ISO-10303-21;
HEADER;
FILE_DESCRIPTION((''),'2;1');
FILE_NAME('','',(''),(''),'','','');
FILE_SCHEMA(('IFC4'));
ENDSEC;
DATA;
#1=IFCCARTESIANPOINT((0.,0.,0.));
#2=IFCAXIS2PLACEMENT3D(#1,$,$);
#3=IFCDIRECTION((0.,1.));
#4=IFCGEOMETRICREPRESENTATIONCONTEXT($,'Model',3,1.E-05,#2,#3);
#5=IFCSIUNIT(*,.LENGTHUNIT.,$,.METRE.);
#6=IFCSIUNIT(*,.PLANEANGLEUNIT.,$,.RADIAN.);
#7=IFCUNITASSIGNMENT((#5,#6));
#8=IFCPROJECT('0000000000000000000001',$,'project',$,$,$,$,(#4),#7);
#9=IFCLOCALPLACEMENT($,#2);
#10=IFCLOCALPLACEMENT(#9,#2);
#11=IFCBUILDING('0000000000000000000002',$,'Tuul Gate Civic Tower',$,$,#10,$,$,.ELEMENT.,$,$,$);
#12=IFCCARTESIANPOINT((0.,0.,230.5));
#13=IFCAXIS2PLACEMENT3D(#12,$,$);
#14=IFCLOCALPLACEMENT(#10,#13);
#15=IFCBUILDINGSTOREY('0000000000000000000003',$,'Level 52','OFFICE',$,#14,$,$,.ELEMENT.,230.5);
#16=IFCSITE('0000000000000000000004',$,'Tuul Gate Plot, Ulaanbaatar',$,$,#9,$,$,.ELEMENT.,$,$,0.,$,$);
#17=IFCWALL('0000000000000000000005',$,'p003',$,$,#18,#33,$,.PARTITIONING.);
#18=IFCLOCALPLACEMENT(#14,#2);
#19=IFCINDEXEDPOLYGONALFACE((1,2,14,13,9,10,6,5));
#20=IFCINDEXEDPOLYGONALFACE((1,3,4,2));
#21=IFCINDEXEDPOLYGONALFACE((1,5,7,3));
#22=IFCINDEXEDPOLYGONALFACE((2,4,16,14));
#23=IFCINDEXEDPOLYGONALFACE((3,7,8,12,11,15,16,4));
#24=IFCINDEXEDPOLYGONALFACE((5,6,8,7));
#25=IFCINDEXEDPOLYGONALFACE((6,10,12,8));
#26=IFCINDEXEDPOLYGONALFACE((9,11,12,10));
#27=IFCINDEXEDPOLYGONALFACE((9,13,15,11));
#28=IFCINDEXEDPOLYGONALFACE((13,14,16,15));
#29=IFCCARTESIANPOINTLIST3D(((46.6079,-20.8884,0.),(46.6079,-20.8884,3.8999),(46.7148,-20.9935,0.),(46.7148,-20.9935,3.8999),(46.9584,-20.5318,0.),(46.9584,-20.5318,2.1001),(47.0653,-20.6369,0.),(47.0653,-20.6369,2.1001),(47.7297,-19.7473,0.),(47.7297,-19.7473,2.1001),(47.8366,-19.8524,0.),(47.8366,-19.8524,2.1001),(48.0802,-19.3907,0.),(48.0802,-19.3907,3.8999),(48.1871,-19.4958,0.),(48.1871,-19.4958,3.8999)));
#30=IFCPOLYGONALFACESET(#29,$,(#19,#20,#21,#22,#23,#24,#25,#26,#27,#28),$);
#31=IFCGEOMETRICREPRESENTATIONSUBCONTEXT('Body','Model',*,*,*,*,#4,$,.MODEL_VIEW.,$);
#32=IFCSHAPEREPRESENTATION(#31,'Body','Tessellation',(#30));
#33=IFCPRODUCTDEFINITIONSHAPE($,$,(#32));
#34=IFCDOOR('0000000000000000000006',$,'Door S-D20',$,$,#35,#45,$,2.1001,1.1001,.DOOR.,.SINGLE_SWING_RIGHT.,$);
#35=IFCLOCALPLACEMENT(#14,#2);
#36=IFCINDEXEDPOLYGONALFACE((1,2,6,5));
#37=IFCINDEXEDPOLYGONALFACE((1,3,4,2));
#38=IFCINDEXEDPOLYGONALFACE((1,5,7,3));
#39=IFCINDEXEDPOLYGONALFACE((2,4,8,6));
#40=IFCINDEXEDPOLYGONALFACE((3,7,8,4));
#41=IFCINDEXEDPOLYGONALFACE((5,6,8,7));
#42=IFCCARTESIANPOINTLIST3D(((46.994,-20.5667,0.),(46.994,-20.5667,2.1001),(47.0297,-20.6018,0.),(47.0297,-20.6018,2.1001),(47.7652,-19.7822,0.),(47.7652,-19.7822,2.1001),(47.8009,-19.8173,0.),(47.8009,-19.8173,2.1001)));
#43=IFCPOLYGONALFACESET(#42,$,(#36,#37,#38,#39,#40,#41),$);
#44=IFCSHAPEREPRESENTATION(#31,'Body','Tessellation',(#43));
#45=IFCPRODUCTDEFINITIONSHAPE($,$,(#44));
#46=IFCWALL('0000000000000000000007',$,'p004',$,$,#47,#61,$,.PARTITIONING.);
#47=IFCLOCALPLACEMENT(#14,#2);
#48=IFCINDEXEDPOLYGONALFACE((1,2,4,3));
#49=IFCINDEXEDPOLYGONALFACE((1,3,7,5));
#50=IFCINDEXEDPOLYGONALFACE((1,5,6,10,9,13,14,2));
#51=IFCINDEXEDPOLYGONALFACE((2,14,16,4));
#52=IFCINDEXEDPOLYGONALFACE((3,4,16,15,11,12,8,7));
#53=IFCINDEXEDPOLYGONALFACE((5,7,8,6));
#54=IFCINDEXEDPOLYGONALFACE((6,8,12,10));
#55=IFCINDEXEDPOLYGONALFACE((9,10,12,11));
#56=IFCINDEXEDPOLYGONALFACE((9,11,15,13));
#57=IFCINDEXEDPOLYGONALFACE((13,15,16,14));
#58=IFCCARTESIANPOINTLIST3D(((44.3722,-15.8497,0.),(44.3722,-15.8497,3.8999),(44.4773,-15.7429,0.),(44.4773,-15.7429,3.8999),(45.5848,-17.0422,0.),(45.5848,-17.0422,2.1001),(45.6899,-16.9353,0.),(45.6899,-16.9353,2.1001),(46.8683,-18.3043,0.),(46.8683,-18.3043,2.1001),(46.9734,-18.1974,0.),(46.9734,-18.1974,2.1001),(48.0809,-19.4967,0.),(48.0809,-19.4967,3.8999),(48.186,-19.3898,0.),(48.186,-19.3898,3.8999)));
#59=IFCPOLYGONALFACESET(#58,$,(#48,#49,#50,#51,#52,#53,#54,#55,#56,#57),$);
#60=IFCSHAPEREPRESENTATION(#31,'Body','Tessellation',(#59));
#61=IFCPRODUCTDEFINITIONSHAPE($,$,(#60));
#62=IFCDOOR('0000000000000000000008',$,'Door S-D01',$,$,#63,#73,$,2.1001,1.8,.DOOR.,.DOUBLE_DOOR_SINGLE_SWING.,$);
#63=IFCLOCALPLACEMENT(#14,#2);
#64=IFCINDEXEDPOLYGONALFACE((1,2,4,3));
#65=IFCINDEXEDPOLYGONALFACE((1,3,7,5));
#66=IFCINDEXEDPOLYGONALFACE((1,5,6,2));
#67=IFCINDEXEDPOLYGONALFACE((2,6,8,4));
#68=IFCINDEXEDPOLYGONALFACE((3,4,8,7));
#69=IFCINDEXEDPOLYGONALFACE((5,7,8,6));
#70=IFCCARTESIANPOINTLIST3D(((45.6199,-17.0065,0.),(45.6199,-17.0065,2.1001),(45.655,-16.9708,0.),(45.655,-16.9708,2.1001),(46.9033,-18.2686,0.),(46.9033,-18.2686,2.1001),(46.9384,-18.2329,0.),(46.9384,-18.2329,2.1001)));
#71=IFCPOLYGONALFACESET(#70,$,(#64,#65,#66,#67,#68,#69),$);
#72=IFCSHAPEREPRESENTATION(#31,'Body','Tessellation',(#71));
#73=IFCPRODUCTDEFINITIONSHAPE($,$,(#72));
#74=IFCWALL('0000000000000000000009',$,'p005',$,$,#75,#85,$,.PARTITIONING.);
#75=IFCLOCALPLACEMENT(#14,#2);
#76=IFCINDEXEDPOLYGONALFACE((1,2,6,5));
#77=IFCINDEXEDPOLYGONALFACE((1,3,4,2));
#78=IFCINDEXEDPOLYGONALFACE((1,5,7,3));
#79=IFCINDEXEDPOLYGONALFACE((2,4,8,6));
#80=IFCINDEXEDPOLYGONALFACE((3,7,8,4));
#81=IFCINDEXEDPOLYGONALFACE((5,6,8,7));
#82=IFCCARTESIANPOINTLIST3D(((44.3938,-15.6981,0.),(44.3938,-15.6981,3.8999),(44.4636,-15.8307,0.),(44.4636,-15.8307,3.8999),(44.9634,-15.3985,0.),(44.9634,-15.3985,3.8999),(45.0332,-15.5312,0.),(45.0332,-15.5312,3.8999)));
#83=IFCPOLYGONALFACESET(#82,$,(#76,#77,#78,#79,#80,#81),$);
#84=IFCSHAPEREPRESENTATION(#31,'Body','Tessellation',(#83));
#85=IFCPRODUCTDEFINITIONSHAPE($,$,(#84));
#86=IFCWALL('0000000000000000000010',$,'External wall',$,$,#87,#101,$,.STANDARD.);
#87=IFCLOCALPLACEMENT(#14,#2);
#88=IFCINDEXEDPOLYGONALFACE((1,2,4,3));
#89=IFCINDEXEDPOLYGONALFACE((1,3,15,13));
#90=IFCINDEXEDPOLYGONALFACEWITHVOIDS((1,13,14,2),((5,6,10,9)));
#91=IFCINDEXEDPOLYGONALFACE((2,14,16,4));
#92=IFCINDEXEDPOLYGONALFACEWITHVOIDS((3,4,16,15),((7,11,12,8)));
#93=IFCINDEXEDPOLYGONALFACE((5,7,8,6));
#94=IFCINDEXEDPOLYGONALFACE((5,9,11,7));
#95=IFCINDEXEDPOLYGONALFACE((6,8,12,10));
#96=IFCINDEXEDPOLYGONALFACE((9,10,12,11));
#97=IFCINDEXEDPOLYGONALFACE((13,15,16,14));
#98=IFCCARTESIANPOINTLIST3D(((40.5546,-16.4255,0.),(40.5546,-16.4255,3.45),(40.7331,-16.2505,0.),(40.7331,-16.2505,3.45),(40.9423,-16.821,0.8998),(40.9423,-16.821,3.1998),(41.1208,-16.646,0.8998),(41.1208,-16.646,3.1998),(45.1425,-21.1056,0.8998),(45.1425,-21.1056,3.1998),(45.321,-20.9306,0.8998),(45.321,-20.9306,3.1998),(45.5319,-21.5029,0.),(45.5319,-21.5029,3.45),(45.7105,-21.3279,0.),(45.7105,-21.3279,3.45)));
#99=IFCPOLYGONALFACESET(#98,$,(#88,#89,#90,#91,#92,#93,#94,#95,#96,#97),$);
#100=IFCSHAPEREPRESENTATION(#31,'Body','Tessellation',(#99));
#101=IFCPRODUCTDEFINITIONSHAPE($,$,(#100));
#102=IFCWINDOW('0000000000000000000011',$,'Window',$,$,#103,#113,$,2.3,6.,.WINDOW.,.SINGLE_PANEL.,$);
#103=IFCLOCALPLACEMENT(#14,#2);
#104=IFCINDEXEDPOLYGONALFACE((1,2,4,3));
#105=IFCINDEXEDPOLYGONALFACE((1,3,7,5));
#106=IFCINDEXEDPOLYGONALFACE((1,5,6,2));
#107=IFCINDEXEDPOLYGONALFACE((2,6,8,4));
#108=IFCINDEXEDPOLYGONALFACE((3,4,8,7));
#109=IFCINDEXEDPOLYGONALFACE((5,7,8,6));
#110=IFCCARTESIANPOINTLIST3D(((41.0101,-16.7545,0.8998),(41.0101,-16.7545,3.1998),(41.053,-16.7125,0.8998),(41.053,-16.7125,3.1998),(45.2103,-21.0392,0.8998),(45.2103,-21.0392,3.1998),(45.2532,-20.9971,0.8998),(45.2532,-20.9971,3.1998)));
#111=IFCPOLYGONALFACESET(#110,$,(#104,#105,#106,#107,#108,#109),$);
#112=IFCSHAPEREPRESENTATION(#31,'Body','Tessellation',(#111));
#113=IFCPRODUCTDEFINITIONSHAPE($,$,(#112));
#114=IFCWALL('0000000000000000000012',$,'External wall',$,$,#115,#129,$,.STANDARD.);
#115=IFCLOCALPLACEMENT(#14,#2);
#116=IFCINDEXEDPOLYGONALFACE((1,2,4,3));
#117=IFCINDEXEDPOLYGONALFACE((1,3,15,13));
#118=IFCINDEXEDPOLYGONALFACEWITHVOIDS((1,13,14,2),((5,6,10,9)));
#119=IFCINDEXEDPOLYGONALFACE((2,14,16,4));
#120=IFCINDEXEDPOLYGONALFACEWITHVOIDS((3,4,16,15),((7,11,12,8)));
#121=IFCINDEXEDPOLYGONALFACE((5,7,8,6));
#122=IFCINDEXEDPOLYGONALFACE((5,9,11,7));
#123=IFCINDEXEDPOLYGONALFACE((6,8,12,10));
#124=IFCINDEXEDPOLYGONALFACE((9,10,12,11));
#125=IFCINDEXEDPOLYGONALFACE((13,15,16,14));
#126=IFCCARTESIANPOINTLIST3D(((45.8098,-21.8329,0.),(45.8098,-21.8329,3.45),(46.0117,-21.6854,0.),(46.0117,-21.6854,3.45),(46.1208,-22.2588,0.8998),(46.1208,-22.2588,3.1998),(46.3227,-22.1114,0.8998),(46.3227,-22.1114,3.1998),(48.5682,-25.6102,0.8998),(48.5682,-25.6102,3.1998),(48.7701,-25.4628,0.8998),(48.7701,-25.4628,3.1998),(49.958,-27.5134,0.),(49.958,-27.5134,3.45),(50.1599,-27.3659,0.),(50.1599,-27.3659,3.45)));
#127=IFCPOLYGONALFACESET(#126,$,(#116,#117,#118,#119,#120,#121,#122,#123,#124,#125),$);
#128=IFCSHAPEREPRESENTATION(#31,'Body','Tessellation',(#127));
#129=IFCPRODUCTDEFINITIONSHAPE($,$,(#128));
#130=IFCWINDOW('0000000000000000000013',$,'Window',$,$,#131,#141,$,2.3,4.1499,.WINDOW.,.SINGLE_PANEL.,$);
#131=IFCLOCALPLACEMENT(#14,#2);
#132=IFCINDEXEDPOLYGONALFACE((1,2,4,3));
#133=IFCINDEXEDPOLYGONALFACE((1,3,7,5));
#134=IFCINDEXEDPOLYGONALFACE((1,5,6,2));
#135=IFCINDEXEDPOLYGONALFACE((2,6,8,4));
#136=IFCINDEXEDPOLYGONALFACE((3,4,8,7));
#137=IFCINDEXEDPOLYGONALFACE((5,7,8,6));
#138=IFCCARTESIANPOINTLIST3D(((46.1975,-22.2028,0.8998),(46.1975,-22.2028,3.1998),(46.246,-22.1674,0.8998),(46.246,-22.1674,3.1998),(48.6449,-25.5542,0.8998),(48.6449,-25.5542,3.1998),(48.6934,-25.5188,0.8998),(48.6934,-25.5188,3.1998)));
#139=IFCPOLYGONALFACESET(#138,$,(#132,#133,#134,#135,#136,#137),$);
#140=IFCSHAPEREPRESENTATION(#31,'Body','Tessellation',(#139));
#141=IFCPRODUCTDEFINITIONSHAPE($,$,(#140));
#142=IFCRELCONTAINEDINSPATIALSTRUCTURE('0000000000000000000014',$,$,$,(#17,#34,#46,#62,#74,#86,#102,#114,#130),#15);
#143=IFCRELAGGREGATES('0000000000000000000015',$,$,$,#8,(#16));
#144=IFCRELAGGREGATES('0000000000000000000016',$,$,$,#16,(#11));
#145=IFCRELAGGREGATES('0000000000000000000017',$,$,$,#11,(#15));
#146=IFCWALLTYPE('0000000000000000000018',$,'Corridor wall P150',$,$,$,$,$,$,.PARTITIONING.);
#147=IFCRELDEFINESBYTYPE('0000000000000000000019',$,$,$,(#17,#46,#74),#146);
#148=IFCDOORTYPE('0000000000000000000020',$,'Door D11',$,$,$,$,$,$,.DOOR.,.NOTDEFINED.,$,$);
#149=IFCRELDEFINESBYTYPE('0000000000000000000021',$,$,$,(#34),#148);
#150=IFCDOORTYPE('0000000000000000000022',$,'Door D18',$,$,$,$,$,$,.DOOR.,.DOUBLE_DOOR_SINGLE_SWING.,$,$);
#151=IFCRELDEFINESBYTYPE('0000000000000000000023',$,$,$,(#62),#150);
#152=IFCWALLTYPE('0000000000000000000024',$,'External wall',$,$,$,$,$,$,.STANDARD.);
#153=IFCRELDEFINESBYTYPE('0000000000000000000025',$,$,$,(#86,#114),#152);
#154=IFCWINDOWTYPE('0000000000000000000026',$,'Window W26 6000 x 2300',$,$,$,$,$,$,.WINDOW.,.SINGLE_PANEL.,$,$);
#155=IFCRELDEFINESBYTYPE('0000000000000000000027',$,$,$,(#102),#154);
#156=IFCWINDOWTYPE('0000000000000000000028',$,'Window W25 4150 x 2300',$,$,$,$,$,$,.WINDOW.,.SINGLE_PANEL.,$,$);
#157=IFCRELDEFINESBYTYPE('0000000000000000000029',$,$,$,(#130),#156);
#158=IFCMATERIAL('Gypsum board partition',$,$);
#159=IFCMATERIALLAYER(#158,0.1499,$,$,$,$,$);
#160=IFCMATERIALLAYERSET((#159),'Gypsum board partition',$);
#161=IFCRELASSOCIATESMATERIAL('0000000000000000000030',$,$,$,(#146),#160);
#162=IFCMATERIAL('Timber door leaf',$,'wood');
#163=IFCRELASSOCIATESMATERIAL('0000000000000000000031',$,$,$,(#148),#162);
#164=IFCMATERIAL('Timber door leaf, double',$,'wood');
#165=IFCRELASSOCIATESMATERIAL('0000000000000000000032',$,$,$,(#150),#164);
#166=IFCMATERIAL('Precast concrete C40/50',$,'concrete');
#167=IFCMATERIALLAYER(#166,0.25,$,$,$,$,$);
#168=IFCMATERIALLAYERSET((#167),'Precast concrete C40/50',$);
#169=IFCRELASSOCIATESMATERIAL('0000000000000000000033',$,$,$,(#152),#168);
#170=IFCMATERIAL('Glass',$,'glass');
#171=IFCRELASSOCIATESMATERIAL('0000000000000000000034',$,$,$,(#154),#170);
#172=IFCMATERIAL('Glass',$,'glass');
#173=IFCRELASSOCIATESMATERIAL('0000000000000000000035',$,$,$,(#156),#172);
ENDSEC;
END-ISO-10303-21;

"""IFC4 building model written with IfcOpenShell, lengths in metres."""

from ifc_helpers import new_model, si_unit, direction, frame, frame_2d, origin, place, context, subcontext, project, spatial, rectangle, extrude, material, layer, layer_set, type_object, element, fill, save


model = new_model("IFC4")

# Units and contexts
model_context = context("Model", 3, precision=1e-05, world=origin(), true_north=direction((0.0, 1.0)))
body_context = subcontext(model_context, "Body", "Model", "MODEL_VIEW")
ifc_project = project(units=[si_unit("LENGTHUNIT", "METRE"), si_unit("PLANEANGLEUNIT", "RADIAN")], contexts=[model_context])

# Site, building, storey
site_placement = place(None, origin())
site = spatial("IfcSite", under=ifc_project, at=site_placement, Name="Tuul Gate Plot, Ulaanbaatar", CompositionType="ELEMENT", RefElevation=0.0)
building_placement = place(site_placement, origin())
building = spatial("IfcBuilding", under=site, at=building_placement, Name="Tuul Gate Civic Tower", CompositionType="ELEMENT")
storey_placement = place(building_placement, frame((0.0, 0.0, 230.5)))
storey = spatial("IfcBuildingStorey", under=building, at=storey_placement, Name="Level 52", Description="OFFICE", CompositionType="ELEMENT", Elevation=230.5)

# Walls, openings, doors
ifc_material_1 = material(Name="Gypsum board partition")
ifc_layer_1 = layer(ifc_material_1, 0.1499)
ifc_layer_set_1 = layer_set([ifc_layer_1], Name="Gypsum board partition")
wall_type_1 = type_object("IfcWallType", Name="Corridor wall P150", PredefinedType="PARTITIONING", material=ifc_layer_set_1)
wall_1_placement = place(storey_placement, frame((46.6614, -20.9409, 0.0), z_axis=(0.0, 0.0, 1.0), x_axis=(0.701036, 0.713126, 0.0)))
wall_1 = element("IfcWall", 1, at=wall_1_placement, inside=storey, type_object=wall_type_1, Name="p003", PredefinedType="PARTITIONING", context=body_context, shape_type="SweptSolid", body=[
    extrude(rectangle(XDim=2.1001, YDim=0.1499, at=frame_2d((1.05, 0.0))), origin(), (0.0, 0.0, 1.0), 3.8999),
])
opening_1_placement = place(wall_1_placement, frame((0.5, 0.0, 0.0)))
opening_1 = element("IfcOpeningElement", 2, at=opening_1_placement, cuts=wall_1, PredefinedType="OPENING", context=body_context, shape_type="SweptSolid", body=[
    extrude(rectangle(XDim=1.1001, YDim=2.1001, at=frame_2d((0.55, 1.05))), frame((0.0, 0.085, 0.0), z_axis=(0.0, -1.0, 0.0), x_axis=(1.0, 0.0, 0.0)), (0.0, 0.0, 1.0), 0.1699),
])
ifc_material_2 = material(Name="Timber door leaf", Category="wood")
door_type_1 = type_object("IfcDoorType", Name="Door D11", OperationType="NOTDEFINED", PredefinedType="DOOR", material=ifc_material_2)
door_1_placement = place(opening_1_placement, frame((1.1001, 0.0, 0.0), z_axis=(0.0, 0.0, 1.0), x_axis=(-1.0, 0.0, 0.0)))
door_1 = element("IfcDoor", 3, at=door_1_placement, inside=storey, type_object=door_type_1, Name="Door S-D20", OperationType="SINGLE_SWING_RIGHT", OverallHeight=2.1001, OverallWidth=1.1001, PredefinedType="DOOR", context=body_context, shape_type="SweptSolid", body=[
    extrude(rectangle(XDim=1.1001, YDim=2.1001, at=frame_2d((0.55, 1.05))), frame((0.0, 0.0249, 0.0), z_axis=(0.0, -1.0, 0.0), x_axis=(1.0, 0.0, 0.0)), (0.0, 0.0, 1.0), 0.05),
])
fill(opening_1, door_1)
wall_2_placement = place(storey_placement, frame((44.4248, -15.7964, 0.0), z_axis=(0.0, 0.0, 1.0), x_axis=(0.713019, -0.701144, 0.0)))
wall_2 = element("IfcWall", 4, at=wall_2_placement, inside=storey, type_object=wall_type_1, Name="p004", PredefinedType="PARTITIONING", context=body_context, shape_type="SweptSolid", body=[
    extrude(rectangle(XDim=5.2014, YDim=0.1499, at=frame_2d((2.6006, 0.0))), origin(), (0.0, 0.0, 1.0), 3.8999),
])
opening_2_placement = place(wall_2_placement, frame((1.7007, 0.0, 0.0)))
opening_2 = element("IfcOpeningElement", 5, at=opening_2_placement, cuts=wall_2, PredefinedType="OPENING", context=body_context, shape_type="SweptSolid", body=[
    extrude(rectangle(XDim=1.8, YDim=2.1001, at=frame_2d((0.8999, 1.05))), frame((0.0, 0.085, 0.0), z_axis=(0.0, -1.0, 0.0), x_axis=(1.0, 0.0, 0.0)), (0.0, 0.0, 1.0), 0.1699),
])
ifc_material_3 = material(Name="Timber door leaf, double", Category="wood")
door_type_2 = type_object("IfcDoorType", Name="Door D18", OperationType="DOUBLE_DOOR_SINGLE_SWING", PredefinedType="DOOR", material=ifc_material_3)
door_2_placement = place(opening_2_placement, frame((1.8, 0.0, 0.0), z_axis=(0.0, 0.0, 1.0), x_axis=(-1.0, 0.0, 0.0)))
door_2 = element("IfcDoor", 6, at=door_2_placement, inside=storey, type_object=door_type_2, Name="Door S-D01", OperationType="DOUBLE_DOOR_SINGLE_SWING", OverallHeight=2.1001, OverallWidth=1.8, PredefinedType="DOOR", context=body_context, shape_type="SweptSolid", body=[
    extrude(rectangle(XDim=1.8, YDim=2.1001, at=frame_2d((0.9001, 1.05))), frame((0.0, 0.0249, 0.0), z_axis=(0.0, -1.0, 0.0), x_axis=(1.0, 0.0, 0.0)), (0.0, 0.0, 1.0), 0.05),
])
fill(opening_2, door_2)

# Wall
wall_3_placement = place(storey_placement, frame((44.4287, -15.7644, 0.0), z_axis=(0.0, 0.0, 1.0), x_axis=(0.885058, 0.465481, 0.0)))
element("IfcWall", 7, at=wall_3_placement, inside=storey, type_object=wall_type_1, Name="p005", PredefinedType="PARTITIONING", context=body_context, shape_type="SweptSolid", body=[
    extrude(rectangle(XDim=0.6436, YDim=0.1499, at=frame_2d((0.3218, 0.0))), origin(), (0.0, 0.0, 1.0), 3.8999),
])

# Walls, openings, windows
ifc_material_4 = material(Name="Precast concrete C40/50", Category="concrete")
ifc_layer_2 = layer(ifc_material_4, 0.25)
ifc_layer_set_2 = layer_set([ifc_layer_2], Name="Precast concrete C40/50")
wall_type_2 = type_object("IfcWallType", Name="External wall", PredefinedType="STANDARD", material=ifc_layer_set_2)
wall_4_placement = place(storey_placement, frame((40.6438, -16.3379, 0.0), z_axis=(0.0, 0.0, 1.0), x_axis=(0.700033, -0.714111, 0.0)))
wall_4 = element("IfcWall", 8, at=wall_4_placement, inside=storey, type_object=wall_type_2, Name="External wall", PredefinedType="STANDARD", context=body_context, shape_type="SweptSolid", body=[
    extrude(rectangle(XDim=7.1101, YDim=0.25, at=frame_2d((3.5552, 0.0))), origin(), (0.0, 0.0, 1.0), 3.45),
])
opening_3_placement = place(wall_4_placement, frame((0.554, 0.0, 0.8999)))
opening_3 = element("IfcOpeningElement", 9, at=opening_3_placement, cuts=wall_4, PredefinedType="OPENING", context=body_context, shape_type="SweptSolid", body=[
    extrude(rectangle(XDim=6.0, YDim=2.3, at=frame_2d((3.0, 1.1499))), frame((0.0, 0.135, 0.0), z_axis=(0.0, -1.0, 0.0), x_axis=(1.0, 0.0, 0.0)), (0.0, 0.0, 1.0), 0.27),
])
ifc_material_5 = material(Name="Glass", Category="glass")
window_type_1 = type_object("IfcWindowType", Name="Window W26 6000 x 2300", PartitioningType="SINGLE_PANEL", PredefinedType="WINDOW", material=ifc_material_5)
window_1_placement = place(opening_3_placement, origin())
window_1 = element("IfcWindow", 10, at=window_1_placement, inside=storey, type_object=window_type_1, Name="Window", OverallHeight=2.3, OverallWidth=6.0, PartitioningType="SINGLE_PANEL", PredefinedType="WINDOW", context=body_context, shape_type="SweptSolid", body=[
    extrude(rectangle(XDim=6.0, YDim=2.3, at=frame_2d((3.0, 1.1499))), frame((0.0, 0.03, 0.0), z_axis=(0.0, -1.0, 0.0), x_axis=(1.0, 0.0, 0.0)), (0.0, 0.0, 1.0), 0.0601),
])
fill(opening_3, window_1)
wall_5_placement = place(storey_placement, frame((45.9106, -21.759, 0.0), z_axis=(0.0, 0.0, 1.0), x_axis=(0.589749, -0.807586, 0.0)))
wall_5 = element("IfcWall", 11, at=wall_5_placement, inside=storey, type_object=wall_type_2, Name="External wall", PredefinedType="STANDARD", context=body_context, shape_type="SweptSolid", body=[
    extrude(rectangle(XDim=7.0339, YDim=0.25, at=frame_2d((3.5171, 0.0))), origin(), (0.0, 0.0, 1.0), 3.45),
])
opening_4_placement = place(wall_5_placement, frame((0.5276, 0.0, 0.8999)))
opening_4 = element("IfcOpeningElement", 12, at=opening_4_placement, cuts=wall_5, PredefinedType="OPENING", context=body_context, shape_type="SweptSolid", body=[
    extrude(rectangle(XDim=4.1499, YDim=2.3, at=frame_2d((2.075, 1.1499))), frame((0.0, 0.135, 0.0), z_axis=(0.0, -1.0, 0.0), x_axis=(1.0, 0.0, 0.0)), (0.0, 0.0, 1.0), 0.27),
])
ifc_material_6 = material(Name="Glass", Category="glass")
window_type_2 = type_object("IfcWindowType", Name="Window W25 4150 x 2300", PartitioningType="SINGLE_PANEL", PredefinedType="WINDOW", material=ifc_material_6)
window_2_placement = place(opening_4_placement, origin())
window_2 = element("IfcWindow", 13, at=window_2_placement, inside=storey, type_object=window_type_2, Name="Window", OverallHeight=2.3, OverallWidth=4.1499, PartitioningType="SINGLE_PANEL", PredefinedType="WINDOW", context=body_context, shape_type="SweptSolid", body=[
    extrude(rectangle(XDim=4.1499, YDim=2.3, at=frame_2d((2.075, 1.1499))), frame((0.0, 0.03, 0.0), z_axis=(0.0, -1.0, 0.0), x_axis=(1.0, 0.0, 0.0)), (0.0, 0.0, 1.0), 0.0601),
])
fill(opening_4, window_2)

save(model, "model.ifc")
